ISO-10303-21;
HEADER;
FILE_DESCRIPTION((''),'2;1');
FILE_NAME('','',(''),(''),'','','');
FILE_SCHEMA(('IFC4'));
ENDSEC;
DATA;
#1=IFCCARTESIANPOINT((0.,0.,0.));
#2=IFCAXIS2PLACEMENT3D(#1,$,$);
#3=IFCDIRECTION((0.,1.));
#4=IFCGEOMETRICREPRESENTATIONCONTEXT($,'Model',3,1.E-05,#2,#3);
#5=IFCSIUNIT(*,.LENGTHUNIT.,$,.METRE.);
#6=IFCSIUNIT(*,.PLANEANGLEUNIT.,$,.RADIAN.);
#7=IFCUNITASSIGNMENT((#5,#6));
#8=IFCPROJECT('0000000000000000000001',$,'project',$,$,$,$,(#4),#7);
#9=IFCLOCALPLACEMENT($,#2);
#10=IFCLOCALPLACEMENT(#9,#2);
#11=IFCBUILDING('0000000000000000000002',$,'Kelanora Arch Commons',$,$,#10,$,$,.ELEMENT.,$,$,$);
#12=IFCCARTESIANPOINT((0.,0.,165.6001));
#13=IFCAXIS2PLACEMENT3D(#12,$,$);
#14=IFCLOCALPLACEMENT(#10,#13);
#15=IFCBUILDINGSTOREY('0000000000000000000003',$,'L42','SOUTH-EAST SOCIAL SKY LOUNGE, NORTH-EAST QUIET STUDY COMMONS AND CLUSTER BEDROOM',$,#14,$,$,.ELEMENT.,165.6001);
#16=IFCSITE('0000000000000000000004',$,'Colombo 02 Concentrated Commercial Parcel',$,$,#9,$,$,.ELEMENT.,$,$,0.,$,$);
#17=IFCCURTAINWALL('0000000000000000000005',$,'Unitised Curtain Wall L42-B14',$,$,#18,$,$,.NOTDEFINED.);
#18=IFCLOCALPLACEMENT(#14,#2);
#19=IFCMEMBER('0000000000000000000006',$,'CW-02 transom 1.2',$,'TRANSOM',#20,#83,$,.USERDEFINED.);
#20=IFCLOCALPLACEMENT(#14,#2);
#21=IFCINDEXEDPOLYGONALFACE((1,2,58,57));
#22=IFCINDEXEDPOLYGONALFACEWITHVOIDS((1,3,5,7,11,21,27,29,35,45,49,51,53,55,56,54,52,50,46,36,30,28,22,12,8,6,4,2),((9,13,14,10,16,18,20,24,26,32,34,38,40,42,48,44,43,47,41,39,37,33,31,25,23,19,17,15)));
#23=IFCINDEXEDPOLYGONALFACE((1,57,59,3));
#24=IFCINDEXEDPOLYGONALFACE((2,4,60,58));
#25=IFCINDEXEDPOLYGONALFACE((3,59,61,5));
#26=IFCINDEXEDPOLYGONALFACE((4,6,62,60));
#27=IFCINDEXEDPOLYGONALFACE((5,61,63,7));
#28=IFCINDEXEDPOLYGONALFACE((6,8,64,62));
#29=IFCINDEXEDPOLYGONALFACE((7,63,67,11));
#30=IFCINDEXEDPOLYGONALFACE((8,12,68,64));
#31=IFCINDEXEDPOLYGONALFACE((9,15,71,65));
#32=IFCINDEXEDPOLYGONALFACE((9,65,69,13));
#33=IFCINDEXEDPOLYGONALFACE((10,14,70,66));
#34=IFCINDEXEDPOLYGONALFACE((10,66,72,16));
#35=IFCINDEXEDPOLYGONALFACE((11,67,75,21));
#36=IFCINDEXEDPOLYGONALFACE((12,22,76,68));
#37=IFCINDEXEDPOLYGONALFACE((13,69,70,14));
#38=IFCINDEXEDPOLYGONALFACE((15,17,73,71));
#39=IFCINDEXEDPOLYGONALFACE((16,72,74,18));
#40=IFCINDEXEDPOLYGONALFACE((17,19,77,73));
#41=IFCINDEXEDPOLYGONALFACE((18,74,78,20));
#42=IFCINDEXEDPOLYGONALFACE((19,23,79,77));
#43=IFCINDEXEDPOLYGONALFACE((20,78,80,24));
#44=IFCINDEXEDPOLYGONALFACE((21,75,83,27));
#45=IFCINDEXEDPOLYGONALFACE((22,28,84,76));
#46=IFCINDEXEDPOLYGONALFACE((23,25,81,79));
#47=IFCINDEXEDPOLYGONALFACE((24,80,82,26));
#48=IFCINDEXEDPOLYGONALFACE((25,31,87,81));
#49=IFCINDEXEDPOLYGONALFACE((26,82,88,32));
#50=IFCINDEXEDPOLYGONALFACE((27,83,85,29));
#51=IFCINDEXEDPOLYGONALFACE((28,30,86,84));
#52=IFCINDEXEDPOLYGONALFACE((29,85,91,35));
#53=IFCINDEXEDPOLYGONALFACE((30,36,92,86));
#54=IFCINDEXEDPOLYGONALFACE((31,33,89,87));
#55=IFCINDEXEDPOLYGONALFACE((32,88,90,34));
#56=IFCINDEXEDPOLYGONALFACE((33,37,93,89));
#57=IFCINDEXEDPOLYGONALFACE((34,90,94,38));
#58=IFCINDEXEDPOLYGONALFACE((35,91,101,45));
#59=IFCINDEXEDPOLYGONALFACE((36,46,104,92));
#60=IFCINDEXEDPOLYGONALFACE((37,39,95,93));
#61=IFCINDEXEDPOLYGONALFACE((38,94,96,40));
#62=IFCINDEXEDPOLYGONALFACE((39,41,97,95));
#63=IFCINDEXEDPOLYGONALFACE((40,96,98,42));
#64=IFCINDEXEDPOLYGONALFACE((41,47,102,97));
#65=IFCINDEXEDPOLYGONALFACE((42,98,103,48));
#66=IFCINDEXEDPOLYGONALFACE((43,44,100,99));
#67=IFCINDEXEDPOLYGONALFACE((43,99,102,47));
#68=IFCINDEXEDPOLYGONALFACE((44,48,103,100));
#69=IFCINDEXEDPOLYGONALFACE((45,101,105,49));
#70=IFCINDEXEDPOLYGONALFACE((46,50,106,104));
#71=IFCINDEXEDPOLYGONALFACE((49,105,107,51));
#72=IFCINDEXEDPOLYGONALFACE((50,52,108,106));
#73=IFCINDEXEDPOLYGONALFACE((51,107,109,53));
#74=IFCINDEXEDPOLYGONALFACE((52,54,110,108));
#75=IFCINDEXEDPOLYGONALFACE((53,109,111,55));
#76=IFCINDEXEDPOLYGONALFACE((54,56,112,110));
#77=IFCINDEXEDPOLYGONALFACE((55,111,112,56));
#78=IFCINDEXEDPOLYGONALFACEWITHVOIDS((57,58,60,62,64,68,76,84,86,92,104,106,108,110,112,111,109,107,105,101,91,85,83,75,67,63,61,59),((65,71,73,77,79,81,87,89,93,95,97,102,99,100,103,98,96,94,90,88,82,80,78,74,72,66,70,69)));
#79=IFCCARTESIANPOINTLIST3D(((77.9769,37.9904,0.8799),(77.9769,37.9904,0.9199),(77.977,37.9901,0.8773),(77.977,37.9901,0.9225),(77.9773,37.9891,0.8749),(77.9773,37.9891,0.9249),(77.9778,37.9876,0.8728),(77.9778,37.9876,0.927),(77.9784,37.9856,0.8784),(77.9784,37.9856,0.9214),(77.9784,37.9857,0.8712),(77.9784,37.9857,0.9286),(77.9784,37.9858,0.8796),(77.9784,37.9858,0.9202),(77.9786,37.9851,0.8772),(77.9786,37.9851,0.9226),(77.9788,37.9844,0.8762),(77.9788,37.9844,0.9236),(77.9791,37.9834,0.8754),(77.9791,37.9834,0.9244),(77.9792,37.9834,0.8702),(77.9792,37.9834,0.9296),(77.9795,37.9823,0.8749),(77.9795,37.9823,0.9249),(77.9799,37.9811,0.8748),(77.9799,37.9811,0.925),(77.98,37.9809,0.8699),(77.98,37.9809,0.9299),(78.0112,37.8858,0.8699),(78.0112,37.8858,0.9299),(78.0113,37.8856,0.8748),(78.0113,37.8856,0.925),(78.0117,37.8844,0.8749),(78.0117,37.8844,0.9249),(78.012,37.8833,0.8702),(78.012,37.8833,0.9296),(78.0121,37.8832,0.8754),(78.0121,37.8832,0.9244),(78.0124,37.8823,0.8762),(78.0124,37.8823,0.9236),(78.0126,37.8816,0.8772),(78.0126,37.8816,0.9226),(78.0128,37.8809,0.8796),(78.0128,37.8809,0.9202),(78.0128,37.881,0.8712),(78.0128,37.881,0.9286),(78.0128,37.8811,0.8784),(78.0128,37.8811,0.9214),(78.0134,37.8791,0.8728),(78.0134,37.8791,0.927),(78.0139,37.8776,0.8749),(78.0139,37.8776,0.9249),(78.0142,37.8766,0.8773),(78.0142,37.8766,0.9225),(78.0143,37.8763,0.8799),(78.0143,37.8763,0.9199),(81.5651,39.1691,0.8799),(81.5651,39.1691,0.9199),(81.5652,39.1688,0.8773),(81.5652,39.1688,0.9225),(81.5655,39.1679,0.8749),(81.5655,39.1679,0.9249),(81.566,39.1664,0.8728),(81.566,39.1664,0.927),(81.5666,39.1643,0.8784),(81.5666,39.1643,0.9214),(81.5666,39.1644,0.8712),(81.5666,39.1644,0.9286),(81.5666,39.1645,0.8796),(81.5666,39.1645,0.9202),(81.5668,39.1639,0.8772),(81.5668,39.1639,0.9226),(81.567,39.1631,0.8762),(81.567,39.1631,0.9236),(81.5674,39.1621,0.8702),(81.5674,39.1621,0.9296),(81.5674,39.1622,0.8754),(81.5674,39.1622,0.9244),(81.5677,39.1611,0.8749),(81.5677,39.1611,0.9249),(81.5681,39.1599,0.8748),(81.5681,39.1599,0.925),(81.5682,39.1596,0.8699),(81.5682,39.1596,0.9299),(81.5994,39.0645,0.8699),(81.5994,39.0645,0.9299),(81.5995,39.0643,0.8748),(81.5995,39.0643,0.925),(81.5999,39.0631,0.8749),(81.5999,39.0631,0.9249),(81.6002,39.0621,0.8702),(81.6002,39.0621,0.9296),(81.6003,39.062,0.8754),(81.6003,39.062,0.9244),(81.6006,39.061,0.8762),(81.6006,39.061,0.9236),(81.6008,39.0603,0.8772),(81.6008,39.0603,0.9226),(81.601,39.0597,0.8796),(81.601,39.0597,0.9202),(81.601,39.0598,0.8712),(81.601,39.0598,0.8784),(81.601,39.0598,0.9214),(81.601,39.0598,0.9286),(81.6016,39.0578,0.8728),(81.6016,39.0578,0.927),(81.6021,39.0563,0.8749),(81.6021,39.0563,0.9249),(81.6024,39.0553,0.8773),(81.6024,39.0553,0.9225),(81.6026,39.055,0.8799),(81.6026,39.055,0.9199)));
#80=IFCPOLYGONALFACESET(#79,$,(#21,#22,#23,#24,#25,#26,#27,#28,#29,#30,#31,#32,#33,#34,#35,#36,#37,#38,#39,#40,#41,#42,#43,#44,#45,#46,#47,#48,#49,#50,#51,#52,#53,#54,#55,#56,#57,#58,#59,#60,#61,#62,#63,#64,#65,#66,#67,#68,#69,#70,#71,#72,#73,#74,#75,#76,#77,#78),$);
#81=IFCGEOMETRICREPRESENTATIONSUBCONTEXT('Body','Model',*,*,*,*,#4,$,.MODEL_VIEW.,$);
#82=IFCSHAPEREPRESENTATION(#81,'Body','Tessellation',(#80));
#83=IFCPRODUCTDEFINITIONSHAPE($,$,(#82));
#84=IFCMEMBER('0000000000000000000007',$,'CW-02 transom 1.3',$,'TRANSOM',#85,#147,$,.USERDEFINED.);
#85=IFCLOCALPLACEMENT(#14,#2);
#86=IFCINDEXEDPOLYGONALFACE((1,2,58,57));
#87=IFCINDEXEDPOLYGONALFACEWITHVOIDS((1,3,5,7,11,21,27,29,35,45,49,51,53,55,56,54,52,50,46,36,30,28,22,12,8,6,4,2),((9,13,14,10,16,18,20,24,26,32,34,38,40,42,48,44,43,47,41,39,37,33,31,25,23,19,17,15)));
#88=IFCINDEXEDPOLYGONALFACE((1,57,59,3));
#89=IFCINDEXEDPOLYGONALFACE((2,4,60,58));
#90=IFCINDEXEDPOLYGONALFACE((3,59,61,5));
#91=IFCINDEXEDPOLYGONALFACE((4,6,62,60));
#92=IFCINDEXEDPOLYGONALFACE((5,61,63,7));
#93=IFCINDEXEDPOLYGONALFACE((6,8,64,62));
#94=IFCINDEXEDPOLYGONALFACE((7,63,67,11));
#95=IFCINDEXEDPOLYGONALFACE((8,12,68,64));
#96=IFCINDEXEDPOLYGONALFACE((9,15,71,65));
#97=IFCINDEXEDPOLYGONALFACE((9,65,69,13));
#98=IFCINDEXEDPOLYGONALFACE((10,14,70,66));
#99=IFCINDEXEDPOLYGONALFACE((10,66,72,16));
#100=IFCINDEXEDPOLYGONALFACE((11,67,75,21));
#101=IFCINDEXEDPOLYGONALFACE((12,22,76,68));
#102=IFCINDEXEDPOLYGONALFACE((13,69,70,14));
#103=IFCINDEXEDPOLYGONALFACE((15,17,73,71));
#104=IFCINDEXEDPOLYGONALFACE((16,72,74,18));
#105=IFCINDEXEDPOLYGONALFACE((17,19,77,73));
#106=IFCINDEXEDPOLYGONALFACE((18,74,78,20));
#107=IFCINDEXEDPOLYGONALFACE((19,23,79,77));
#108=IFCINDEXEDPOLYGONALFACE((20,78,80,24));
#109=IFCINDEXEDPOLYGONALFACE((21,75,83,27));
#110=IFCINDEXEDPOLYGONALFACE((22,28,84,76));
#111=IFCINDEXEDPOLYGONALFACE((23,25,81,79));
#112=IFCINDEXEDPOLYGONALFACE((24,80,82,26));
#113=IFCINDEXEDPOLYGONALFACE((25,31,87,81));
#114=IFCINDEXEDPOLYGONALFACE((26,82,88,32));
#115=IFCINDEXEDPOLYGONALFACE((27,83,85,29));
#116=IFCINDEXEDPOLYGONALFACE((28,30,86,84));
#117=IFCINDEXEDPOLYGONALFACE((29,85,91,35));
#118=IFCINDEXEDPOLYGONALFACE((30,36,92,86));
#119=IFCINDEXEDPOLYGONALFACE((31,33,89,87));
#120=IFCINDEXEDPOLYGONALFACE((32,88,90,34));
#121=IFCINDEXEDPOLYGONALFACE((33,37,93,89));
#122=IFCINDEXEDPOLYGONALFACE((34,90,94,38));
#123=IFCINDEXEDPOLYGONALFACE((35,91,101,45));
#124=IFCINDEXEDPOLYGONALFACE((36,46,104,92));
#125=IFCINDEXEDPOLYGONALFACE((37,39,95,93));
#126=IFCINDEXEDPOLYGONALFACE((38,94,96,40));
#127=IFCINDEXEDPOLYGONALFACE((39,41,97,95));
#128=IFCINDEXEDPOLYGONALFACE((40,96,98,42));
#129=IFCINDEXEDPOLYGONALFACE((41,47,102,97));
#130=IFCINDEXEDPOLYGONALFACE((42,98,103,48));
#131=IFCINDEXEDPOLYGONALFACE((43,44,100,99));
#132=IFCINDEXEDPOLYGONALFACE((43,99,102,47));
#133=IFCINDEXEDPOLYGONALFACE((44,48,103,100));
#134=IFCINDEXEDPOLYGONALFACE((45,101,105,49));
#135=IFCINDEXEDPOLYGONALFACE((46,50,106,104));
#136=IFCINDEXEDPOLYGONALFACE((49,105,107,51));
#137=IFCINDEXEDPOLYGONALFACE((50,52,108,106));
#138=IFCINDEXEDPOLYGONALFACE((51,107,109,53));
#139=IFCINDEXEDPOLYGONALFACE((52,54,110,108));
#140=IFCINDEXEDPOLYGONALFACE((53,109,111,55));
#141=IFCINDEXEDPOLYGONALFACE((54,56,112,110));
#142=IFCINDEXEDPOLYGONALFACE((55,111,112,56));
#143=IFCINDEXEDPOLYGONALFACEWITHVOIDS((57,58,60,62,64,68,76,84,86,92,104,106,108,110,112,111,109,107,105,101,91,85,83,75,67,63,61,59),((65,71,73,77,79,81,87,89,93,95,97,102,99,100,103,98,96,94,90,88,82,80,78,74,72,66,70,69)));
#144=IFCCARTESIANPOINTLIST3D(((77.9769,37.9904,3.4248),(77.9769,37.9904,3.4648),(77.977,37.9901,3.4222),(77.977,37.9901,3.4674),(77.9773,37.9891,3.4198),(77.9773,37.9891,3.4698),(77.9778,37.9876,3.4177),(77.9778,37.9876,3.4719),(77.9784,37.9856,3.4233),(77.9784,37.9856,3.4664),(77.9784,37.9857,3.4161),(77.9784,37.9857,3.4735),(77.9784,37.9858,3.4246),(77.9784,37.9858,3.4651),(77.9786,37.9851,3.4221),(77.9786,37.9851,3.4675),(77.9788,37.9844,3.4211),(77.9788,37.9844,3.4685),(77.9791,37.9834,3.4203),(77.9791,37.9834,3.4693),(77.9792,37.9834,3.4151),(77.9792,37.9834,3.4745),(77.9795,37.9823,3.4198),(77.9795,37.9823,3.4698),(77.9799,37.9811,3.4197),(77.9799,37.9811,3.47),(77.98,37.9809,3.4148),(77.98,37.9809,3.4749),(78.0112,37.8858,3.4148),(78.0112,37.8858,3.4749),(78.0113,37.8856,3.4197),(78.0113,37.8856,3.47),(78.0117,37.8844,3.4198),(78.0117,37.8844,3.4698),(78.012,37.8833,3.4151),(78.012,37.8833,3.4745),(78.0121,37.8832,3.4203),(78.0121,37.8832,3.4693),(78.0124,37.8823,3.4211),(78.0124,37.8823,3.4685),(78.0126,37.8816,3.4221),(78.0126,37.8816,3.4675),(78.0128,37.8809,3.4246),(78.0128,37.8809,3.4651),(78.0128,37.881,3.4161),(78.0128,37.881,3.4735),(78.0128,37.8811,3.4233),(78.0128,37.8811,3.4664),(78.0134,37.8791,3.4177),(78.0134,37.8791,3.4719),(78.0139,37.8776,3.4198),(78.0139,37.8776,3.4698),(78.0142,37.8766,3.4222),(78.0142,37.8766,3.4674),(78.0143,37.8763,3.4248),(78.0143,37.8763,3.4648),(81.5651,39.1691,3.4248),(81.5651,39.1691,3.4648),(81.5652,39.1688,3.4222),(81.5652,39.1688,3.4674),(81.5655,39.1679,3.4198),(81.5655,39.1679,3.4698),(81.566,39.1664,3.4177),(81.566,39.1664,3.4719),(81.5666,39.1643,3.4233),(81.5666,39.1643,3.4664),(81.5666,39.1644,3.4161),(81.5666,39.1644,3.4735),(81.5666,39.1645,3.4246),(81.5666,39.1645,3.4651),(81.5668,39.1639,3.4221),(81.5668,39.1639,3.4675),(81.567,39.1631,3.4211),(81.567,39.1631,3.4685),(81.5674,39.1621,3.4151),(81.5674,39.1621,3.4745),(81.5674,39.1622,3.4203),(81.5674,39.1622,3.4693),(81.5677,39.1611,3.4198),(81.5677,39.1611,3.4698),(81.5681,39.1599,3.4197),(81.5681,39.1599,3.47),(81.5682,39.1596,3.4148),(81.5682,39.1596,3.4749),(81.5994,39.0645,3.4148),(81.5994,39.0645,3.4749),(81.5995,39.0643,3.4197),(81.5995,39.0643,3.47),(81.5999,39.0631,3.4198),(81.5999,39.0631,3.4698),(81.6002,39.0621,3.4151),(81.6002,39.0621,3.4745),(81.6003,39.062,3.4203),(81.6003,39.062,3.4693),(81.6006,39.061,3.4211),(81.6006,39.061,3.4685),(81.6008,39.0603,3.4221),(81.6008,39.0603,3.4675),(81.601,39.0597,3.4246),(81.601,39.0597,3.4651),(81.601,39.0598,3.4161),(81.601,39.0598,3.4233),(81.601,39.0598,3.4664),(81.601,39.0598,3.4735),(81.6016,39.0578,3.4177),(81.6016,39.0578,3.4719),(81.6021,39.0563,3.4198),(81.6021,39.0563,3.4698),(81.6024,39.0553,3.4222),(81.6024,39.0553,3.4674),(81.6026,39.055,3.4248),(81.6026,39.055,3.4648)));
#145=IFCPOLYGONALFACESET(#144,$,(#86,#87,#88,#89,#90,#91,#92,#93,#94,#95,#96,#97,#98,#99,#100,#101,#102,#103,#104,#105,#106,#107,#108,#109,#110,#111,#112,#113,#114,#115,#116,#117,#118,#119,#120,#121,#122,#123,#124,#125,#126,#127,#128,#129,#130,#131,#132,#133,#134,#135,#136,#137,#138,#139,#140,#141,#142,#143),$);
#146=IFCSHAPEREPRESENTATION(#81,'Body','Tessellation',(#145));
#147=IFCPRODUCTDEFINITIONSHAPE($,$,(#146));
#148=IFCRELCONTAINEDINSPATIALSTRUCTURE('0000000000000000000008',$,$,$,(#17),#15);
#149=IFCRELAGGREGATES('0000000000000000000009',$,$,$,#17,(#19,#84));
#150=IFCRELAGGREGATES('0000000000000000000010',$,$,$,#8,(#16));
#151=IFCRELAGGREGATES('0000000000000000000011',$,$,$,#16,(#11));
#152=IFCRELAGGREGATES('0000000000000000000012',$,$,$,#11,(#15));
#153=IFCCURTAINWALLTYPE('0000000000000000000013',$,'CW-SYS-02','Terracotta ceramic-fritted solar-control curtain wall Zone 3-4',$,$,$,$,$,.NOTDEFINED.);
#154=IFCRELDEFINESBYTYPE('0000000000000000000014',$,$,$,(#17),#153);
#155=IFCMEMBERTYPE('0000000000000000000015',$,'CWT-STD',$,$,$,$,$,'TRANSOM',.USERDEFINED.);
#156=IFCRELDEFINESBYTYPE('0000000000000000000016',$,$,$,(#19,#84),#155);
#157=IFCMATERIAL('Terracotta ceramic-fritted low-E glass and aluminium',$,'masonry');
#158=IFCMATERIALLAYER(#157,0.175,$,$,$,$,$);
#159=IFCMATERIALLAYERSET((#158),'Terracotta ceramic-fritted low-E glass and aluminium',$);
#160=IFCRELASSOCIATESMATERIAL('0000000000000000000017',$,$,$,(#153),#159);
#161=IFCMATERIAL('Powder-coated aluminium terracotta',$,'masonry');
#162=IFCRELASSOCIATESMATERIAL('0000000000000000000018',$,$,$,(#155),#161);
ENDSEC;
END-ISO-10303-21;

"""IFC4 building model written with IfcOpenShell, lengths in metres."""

from ifc_helpers import new_model, si_unit, direction, frame, origin, origin_2d, place, context, subcontext, project, spatial, hollow_rectangle, extrude, material, layer, layer_set, material_profile, profile_set, type_object, element, aggregate, save


model = new_model("IFC4")

# Units and contexts
model_context = context("Model", 3, precision=1e-05, world=origin(), true_north=direction((0.0, 1.0)))
body_context = subcontext(model_context, "Body", "Model", "MODEL_VIEW")
ifc_project = project(units=[si_unit("LENGTHUNIT", "METRE"), si_unit("PLANEANGLEUNIT", "RADIAN")], contexts=[model_context])

# Site, building, storey
site_placement = place(None, origin())
site = spatial("IfcSite", under=ifc_project, at=site_placement, Name="Colombo 02 Concentrated Commercial Parcel", CompositionType="ELEMENT", RefElevation=0.0)
building_placement = place(site_placement, origin())
building = spatial("IfcBuilding", under=site, at=building_placement, Name="Kelanora Arch Commons", CompositionType="ELEMENT")
storey_placement = place(building_placement, frame((0.0, 0.0, 165.6001)))
storey = spatial("IfcBuildingStorey", under=building, at=storey_placement, Name="L42", Description="SOUTH-EAST SOCIAL SKY LOUNGE, NORTH-EAST QUIET STUDY COMMONS AND CLUSTER BEDROOM", CompositionType="ELEMENT", Elevation=165.6001)

# Curtain wall, members
ifc_material_1 = material(Name="Terracotta ceramic-fritted low-E glass and aluminium", Category="masonry")
ifc_layer_1 = layer(ifc_material_1, 0.175)
ifc_layer_set_1 = layer_set([ifc_layer_1], Name="Terracotta ceramic-fritted low-E glass and aluminium")
curtain_wall_type = type_object("IfcCurtainWallType", Name="CW-SYS-02", Description="Terracotta ceramic-fritted solar-control curtain wall Zone 3-4", PredefinedType="NOTDEFINED", material=ifc_layer_set_1)
curtain_wall_placement = place(storey_placement, origin())
curtain_wall = element("IfcCurtainWall", 1, at=curtain_wall_placement, inside=storey, type_object=curtain_wall_type, Name="Unitised Curtain Wall L42-B14", PredefinedType="NOTDEFINED")
ifc_material_2 = material(Name="Powder-coated aluminium terracotta", Category="masonry")
ifc_material_profile_1 = material_profile(ifc_material_2, hollow_rectangle(XDim=0.1201, YDim=0.0601, WallThickness=0.0049, InnerFilletRadius=0.0049, OuterFilletRadius=0.01, at=origin_2d()), Name="CWT120x60")
ifc_profile_set_1 = profile_set([ifc_material_profile_1], Name="Powder-coated aluminium terracotta")
member_type_1 = type_object("IfcMemberType", Name="CWT-STD", ElementType="TRANSOM", PredefinedType="USERDEFINED", material=ifc_profile_set_1)
member_1_placement = place(storey_placement, frame((77.9956, 37.9333, 0.8999), z_axis=(0.950051, 0.312094, 0.0), x_axis=(-0.312094, 0.950051, 0.0)))
member_1 = element("IfcMember", 2, at=member_1_placement, type_object=member_type_1, Name="CW-02 transom 1.2", ObjectType="TRANSOM", PredefinedType="USERDEFINED", context=body_context, shape_type="SweptSolid", body=[
    extrude(hollow_rectangle(XDim=0.1201, YDim=0.0601, WallThickness=0.0049, InnerFilletRadius=0.0049, OuterFilletRadius=0.01, at=origin_2d()), origin(), (0.0, 0.0, 1.0), 3.7769),
])
member_2_placement = place(storey_placement, frame((77.9956, 37.9333, 3.4448), z_axis=(0.950051, 0.312094, 0.0), x_axis=(-0.312094, 0.950051, 0.0)))
member_2 = element("IfcMember", 3, at=member_2_placement, type_object=member_type_1, Name="CW-02 transom 1.3", ObjectType="TRANSOM", PredefinedType="USERDEFINED", context=body_context, shape_type="SweptSolid", body=[
    extrude(hollow_rectangle(XDim=0.1201, YDim=0.0601, WallThickness=0.0049, InnerFilletRadius=0.0049, OuterFilletRadius=0.01, at=origin_2d()), origin(), (0.0, 0.0, 1.0), 3.7769),
])
aggregate(curtain_wall, [member_1, member_2])

save(model, "model.ifc")
